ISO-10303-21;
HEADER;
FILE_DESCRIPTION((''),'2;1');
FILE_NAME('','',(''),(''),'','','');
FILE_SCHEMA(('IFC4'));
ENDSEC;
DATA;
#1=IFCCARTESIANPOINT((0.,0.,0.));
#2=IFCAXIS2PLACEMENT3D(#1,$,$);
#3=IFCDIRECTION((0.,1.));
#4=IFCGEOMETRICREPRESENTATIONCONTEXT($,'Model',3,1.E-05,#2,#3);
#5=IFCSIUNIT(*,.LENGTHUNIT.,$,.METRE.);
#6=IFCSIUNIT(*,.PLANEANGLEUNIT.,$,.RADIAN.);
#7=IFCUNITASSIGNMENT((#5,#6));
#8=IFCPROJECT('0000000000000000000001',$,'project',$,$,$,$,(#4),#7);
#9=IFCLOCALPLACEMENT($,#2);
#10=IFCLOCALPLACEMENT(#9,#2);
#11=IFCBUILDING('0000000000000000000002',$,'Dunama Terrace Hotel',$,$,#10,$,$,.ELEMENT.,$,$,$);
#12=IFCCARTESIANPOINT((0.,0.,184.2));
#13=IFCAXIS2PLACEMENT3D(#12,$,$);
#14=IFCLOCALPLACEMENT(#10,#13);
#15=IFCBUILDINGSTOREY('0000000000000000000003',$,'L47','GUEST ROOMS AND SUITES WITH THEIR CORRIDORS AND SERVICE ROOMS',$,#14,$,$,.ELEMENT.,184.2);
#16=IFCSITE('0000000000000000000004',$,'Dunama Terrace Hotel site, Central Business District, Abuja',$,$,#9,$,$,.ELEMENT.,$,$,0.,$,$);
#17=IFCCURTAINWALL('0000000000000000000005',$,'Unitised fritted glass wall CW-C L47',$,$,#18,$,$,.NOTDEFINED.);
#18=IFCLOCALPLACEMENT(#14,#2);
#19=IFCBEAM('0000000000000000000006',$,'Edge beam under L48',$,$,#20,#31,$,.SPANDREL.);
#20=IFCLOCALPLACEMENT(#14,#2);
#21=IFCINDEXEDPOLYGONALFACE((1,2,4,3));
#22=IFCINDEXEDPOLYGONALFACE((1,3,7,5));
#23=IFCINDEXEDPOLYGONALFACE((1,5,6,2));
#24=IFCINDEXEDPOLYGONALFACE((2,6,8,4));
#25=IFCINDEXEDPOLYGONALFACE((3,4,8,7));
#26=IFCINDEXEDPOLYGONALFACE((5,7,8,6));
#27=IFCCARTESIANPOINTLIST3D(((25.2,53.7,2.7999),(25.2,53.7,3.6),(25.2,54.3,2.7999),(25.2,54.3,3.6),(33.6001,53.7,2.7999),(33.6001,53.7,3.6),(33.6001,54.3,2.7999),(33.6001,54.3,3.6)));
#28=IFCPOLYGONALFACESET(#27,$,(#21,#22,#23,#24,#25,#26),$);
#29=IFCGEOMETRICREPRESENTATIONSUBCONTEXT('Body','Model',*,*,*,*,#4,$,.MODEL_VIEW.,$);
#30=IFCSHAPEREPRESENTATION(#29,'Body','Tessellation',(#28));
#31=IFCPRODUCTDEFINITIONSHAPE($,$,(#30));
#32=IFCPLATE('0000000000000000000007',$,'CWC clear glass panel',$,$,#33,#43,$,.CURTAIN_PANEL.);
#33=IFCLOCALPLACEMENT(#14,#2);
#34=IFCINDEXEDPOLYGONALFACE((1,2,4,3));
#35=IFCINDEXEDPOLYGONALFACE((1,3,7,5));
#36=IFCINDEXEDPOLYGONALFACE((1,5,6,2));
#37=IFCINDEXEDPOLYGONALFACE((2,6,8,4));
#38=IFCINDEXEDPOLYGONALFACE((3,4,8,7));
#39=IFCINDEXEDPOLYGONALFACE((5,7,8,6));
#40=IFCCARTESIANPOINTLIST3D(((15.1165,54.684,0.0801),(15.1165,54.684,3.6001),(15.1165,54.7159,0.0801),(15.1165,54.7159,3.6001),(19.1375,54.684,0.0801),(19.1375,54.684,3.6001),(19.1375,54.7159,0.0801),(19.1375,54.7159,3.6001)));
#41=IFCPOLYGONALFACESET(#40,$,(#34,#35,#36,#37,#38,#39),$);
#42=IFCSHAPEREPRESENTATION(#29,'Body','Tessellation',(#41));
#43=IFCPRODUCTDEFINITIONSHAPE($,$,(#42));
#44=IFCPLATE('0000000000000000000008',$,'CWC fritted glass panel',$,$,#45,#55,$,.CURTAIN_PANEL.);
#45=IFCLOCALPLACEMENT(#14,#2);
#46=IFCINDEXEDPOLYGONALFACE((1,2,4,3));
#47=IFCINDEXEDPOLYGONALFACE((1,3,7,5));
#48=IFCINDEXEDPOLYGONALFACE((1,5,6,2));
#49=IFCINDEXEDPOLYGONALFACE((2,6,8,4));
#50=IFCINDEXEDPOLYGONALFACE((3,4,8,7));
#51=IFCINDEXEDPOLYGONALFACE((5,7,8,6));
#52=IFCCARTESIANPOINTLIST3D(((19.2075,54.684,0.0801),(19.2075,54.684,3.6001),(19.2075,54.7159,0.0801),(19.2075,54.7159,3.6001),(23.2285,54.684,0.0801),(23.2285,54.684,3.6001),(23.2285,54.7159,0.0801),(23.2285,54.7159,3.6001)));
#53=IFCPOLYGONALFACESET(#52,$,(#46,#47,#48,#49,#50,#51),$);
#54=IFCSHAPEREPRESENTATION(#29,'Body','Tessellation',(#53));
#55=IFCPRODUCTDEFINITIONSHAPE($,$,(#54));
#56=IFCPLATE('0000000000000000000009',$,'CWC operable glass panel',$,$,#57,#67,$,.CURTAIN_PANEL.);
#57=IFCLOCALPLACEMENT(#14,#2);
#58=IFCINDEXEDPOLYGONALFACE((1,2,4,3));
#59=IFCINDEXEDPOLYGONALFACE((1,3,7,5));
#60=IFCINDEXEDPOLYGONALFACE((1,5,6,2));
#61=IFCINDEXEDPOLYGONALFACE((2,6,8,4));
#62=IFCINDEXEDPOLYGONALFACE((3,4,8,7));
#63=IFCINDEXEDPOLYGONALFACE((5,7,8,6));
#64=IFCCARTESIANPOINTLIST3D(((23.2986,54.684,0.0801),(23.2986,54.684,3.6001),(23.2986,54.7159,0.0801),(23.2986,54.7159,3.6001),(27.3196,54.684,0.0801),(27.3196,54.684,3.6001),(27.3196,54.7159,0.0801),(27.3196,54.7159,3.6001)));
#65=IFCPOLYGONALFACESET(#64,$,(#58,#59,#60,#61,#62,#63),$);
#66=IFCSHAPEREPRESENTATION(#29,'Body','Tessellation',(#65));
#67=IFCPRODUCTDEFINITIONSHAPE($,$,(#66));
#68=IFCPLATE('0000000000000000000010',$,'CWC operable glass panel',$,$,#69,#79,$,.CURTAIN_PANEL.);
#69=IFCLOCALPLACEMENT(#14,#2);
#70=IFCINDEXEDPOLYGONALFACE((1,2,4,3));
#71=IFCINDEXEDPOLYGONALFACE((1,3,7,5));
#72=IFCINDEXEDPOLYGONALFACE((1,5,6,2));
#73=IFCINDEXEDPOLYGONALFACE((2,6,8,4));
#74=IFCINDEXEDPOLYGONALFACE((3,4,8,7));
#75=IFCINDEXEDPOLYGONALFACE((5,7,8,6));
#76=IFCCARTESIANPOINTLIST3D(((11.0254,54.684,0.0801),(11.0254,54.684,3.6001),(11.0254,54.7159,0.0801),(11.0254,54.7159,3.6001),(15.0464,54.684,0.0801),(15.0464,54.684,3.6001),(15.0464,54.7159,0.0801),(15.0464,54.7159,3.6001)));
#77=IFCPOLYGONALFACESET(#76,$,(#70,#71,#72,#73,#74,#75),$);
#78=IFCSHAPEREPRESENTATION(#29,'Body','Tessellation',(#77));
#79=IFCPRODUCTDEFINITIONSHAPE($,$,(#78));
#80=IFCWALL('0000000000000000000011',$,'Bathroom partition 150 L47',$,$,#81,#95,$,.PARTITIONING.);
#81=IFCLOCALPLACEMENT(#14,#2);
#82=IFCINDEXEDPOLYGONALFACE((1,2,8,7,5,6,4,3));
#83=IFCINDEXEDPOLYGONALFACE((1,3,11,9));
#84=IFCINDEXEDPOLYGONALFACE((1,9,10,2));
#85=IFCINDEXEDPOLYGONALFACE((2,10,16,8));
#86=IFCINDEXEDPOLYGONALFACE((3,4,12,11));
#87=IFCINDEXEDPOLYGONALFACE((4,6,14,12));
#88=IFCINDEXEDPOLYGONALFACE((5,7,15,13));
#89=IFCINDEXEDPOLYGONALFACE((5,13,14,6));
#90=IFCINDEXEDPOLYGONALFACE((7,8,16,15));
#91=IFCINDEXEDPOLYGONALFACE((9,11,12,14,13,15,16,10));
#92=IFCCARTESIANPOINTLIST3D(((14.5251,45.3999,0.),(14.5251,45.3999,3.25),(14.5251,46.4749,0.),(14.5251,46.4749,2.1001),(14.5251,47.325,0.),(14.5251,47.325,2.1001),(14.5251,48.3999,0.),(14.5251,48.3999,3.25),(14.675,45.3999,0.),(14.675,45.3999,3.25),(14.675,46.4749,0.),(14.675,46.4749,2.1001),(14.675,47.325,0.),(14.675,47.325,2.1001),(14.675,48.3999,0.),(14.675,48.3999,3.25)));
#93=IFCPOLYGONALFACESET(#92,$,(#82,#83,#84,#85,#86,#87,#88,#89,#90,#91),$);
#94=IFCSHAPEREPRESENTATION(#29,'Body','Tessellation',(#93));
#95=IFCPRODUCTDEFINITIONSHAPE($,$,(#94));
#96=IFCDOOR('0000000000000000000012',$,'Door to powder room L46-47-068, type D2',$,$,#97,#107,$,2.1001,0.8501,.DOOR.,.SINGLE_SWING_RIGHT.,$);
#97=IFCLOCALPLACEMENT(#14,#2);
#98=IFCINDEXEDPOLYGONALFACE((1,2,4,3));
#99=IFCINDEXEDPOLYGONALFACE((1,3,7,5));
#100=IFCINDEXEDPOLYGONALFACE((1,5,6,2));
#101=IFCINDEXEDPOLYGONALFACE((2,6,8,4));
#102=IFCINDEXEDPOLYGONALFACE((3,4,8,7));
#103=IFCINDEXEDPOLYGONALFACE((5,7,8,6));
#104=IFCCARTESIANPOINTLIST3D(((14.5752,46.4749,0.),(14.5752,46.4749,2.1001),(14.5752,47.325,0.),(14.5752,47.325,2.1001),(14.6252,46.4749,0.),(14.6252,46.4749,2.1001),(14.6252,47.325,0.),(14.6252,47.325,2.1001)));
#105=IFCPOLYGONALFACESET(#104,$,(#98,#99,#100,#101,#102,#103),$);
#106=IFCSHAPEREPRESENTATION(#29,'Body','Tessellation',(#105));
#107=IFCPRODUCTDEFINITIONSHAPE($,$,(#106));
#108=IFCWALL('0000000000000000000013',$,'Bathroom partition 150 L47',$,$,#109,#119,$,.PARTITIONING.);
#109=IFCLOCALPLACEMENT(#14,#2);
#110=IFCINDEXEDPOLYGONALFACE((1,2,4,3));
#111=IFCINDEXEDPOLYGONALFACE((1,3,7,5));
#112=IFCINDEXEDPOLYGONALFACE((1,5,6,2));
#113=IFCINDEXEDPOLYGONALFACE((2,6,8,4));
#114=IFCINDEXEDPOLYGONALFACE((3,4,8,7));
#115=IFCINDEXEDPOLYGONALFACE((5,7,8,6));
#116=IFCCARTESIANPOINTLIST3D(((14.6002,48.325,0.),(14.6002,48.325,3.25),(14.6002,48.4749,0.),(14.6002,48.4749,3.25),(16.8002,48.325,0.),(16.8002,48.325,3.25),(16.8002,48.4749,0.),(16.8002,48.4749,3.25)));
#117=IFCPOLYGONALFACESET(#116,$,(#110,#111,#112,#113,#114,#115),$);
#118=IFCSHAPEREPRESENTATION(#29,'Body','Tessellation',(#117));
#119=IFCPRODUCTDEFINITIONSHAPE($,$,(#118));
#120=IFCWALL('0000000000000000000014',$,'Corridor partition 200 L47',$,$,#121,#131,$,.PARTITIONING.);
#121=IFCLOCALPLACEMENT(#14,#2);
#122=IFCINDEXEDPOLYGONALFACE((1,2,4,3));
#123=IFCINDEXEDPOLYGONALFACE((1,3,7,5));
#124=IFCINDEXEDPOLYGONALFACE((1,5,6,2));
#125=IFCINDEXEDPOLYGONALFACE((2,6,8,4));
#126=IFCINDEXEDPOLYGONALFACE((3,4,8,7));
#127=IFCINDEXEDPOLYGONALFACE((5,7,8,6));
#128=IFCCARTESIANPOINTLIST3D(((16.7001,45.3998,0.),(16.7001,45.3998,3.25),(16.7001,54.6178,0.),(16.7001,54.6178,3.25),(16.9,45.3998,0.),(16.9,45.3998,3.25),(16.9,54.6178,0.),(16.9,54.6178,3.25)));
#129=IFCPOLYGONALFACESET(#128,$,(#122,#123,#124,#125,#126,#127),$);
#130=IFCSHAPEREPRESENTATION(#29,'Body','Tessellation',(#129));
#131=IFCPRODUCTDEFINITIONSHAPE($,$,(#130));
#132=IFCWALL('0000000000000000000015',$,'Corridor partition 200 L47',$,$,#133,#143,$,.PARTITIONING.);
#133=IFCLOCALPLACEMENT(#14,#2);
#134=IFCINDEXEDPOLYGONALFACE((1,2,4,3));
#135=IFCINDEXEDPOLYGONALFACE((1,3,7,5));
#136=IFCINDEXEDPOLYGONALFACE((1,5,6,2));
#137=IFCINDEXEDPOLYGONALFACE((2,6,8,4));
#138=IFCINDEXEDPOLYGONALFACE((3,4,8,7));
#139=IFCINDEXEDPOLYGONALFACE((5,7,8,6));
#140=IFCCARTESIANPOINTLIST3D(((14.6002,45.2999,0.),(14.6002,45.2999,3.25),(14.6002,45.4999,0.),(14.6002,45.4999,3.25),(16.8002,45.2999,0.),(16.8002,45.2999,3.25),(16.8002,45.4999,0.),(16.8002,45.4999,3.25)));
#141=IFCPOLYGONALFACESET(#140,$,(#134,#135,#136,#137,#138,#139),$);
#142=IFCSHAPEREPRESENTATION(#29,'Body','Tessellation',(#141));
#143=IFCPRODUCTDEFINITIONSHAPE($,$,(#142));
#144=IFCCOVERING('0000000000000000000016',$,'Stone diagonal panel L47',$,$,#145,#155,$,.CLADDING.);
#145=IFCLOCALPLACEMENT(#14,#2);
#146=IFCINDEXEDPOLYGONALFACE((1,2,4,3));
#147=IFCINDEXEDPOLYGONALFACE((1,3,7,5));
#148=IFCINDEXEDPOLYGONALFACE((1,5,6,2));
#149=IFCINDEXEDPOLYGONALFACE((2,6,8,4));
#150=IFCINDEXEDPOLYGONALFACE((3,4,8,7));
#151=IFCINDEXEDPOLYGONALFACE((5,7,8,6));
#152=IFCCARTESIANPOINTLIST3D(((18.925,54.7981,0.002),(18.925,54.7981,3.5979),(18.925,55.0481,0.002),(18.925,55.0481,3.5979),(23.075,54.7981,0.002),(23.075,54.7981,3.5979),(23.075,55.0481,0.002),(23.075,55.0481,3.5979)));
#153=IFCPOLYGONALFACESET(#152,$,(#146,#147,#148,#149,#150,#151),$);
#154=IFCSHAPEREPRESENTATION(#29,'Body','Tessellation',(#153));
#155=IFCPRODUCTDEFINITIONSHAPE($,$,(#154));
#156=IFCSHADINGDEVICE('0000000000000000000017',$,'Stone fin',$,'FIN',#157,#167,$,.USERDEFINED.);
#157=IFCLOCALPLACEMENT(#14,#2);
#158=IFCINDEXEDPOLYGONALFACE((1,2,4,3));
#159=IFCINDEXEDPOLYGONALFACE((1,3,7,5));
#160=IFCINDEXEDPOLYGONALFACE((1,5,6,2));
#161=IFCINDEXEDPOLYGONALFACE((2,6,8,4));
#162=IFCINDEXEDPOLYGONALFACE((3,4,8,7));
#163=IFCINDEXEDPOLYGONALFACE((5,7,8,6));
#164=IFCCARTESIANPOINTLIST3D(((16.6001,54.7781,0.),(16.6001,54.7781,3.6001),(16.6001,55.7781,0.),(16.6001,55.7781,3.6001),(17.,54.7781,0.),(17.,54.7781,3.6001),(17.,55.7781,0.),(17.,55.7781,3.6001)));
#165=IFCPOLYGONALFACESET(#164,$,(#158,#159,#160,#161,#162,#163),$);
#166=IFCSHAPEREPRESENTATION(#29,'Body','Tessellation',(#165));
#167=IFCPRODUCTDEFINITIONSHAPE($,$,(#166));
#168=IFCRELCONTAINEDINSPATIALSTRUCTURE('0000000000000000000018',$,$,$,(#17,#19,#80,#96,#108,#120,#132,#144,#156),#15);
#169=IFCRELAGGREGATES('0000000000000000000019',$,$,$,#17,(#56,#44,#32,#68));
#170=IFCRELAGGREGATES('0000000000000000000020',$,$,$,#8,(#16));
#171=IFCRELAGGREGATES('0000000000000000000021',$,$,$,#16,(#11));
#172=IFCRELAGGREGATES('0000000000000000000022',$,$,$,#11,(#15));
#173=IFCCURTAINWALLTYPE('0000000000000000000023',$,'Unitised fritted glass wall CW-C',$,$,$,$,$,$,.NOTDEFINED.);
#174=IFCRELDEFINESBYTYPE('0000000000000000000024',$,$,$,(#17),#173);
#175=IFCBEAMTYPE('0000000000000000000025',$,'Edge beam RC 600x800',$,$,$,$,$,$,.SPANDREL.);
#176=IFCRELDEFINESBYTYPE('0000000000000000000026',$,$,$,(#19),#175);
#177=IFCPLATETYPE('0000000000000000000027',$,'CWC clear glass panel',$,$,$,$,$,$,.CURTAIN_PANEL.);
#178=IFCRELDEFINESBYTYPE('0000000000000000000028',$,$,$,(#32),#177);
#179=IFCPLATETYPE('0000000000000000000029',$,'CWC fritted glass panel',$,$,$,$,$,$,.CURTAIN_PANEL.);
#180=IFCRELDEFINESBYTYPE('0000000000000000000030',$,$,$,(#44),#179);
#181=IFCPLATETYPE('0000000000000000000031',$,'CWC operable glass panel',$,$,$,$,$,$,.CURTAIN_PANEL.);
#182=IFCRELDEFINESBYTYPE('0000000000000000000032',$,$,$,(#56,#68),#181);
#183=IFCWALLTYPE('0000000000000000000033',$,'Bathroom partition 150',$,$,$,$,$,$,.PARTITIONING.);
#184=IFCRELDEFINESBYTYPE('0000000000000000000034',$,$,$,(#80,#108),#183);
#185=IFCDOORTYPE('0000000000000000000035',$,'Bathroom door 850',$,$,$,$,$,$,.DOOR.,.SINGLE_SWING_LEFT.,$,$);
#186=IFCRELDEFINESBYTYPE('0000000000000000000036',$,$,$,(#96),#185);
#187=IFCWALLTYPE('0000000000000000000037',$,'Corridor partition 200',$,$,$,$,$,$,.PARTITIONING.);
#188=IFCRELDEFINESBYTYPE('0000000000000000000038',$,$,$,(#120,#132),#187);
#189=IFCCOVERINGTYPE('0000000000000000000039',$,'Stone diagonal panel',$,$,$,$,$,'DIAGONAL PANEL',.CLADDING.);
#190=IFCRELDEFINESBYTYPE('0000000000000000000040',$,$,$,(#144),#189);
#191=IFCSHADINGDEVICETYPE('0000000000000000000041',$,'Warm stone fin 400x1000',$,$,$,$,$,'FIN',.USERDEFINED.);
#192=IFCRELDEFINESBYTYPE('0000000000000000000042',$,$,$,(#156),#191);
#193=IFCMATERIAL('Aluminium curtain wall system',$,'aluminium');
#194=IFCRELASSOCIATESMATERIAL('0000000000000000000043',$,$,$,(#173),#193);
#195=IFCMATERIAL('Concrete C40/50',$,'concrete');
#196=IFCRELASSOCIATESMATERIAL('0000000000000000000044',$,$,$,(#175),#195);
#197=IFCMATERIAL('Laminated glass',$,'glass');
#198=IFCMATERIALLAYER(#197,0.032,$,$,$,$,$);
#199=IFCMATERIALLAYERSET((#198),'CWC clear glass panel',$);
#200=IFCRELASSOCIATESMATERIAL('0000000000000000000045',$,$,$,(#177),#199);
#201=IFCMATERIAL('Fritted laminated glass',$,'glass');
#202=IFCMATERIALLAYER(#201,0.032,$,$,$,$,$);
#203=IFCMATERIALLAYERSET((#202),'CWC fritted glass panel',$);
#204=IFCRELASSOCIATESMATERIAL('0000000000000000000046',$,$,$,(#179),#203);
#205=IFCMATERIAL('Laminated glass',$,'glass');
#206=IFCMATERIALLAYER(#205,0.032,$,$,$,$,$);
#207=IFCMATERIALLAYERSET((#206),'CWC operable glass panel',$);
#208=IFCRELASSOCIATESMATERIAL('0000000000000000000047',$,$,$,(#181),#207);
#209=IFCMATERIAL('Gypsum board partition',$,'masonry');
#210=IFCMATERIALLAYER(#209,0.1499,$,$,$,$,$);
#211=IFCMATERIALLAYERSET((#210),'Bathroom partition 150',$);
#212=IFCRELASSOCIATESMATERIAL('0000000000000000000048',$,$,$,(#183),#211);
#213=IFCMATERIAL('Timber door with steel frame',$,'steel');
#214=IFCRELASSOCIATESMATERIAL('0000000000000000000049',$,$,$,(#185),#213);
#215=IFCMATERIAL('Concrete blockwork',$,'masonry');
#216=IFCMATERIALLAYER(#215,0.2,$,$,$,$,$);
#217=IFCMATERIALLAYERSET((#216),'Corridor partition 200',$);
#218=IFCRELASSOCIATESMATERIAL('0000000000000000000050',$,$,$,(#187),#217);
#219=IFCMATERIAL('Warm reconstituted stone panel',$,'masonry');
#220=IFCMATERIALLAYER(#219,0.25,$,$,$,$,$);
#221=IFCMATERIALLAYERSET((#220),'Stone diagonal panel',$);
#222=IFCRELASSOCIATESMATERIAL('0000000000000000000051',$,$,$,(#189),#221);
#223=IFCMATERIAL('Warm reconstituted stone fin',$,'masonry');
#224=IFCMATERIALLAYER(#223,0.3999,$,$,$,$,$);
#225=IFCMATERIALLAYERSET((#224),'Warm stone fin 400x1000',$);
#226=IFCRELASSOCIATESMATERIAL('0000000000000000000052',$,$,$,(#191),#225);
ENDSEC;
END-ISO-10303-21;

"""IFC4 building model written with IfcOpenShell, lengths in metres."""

from ifc_helpers import new_model, si_unit, direction, frame, frame_2d, origin, origin_2d, place, context, subcontext, project, spatial, rectangle, extrude, material, layer, layer_set, material_profile, profile_set, type_object, element, fill, aggregate, save


model = new_model("IFC4")

# Units and contexts
model_context = context("Model", 3, precision=1e-05, world=origin(), true_north=direction((0.0, 1.0)))
body_context = subcontext(model_context, "Body", "Model", "MODEL_VIEW")
ifc_project = project(units=[si_unit("LENGTHUNIT", "METRE"), si_unit("PLANEANGLEUNIT", "RADIAN")], contexts=[model_context])

# Site, building, storey
site_placement = place(None, origin())
site = spatial("IfcSite", under=ifc_project, at=site_placement, Name="Dunama Terrace Hotel site, Central Business District, Abuja", CompositionType="ELEMENT", RefElevation=0.0)
building_placement = place(site_placement, origin())
building = spatial("IfcBuilding", under=site, at=building_placement, Name="Dunama Terrace Hotel", CompositionType="ELEMENT")
storey_placement = place(building_placement, frame((0.0, 0.0, 184.2)))
storey = spatial("IfcBuildingStorey", under=building, at=storey_placement, Name="L47", Description="GUEST ROOMS AND SUITES WITH THEIR CORRIDORS AND SERVICE ROOMS", CompositionType="ELEMENT", Elevation=184.2)

# Curtain wall
ifc_material_1 = material(Name="Aluminium curtain wall system", Category="aluminium")
curtain_wall_type = type_object("IfcCurtainWallType", Name="Unitised fritted glass wall CW-C", PredefinedType="NOTDEFINED", material=ifc_material_1)
curtain_wall_placement = place(storey_placement, origin())
curtain_wall = element("IfcCurtainWall", 1, at=curtain_wall_placement, inside=storey, type_object=curtain_wall_type, Name="Unitised fritted glass wall CW-C L47", PredefinedType="NOTDEFINED")

# Beam
ifc_material_2 = material(Name="Concrete C40/50", Category="concrete")
ifc_material_profile_1 = material_profile(ifc_material_2, rectangle(XDim=0.6001, YDim=0.8, at=origin_2d()), Name="RC 600x800")
ifc_profile_set_1 = profile_set([ifc_material_profile_1], Name="Concrete C40/50")
beam_type = type_object("IfcBeamType", Name="Edge beam RC 600x800", PredefinedType="SPANDREL", material=ifc_profile_set_1)
beam_1_placement = place(storey_placement, frame((25.2, 54.0, 3.2), z_axis=(1.0, 0.0, 0.0), x_axis=(0.0, 1.0, 0.0)))
element("IfcBeam", 2, at=beam_1_placement, inside=storey, type_object=beam_type, Name="Edge beam under L48", PredefinedType="SPANDREL", context=body_context, shape_type="SweptSolid", body=[
    extrude(rectangle(XDim=0.6001, YDim=0.8, at=origin_2d()), origin(), (0.0, 0.0, 1.0), 8.4001),
])

# Plates
ifc_material_3 = material(Name="Laminated glass", Category="glass")
ifc_layer_1 = layer(ifc_material_3, 0.032)
ifc_layer_set_1 = layer_set([ifc_layer_1], Name="CWC clear glass panel")
plate_type_1 = type_object("IfcPlateType", Name="CWC clear glass panel", PredefinedType="CURTAIN_PANEL", material=ifc_layer_set_1)
plate_1_placement = place(storey_placement, frame((17.127, 54.7, 0.0801), z_axis=(0.0, 0.0, 1.0), x_axis=(-1.0, 0.0, 0.0)))
plate_1 = element("IfcPlate", 3, at=plate_1_placement, type_object=plate_type_1, Name="CWC clear glass panel", PredefinedType="CURTAIN_PANEL", context=body_context, shape_type="SweptSolid", body=[
    extrude(rectangle(XDim=4.021, YDim=0.032, at=origin_2d()), origin(), (0.0, 0.0, 1.0), 3.52),
])
ifc_material_4 = material(Name="Fritted laminated glass", Category="glass")
ifc_layer_2 = layer(ifc_material_4, 0.032)
ifc_layer_set_2 = layer_set([ifc_layer_2], Name="CWC fritted glass panel")
plate_type_2 = type_object("IfcPlateType", Name="CWC fritted glass panel", PredefinedType="CURTAIN_PANEL", material=ifc_layer_set_2)
plate_2_placement = place(storey_placement, frame((21.218, 54.7, 0.0801), z_axis=(0.0, 0.0, 1.0), x_axis=(-1.0, 0.0, 0.0)))
plate_2 = element("IfcPlate", 4, at=plate_2_placement, type_object=plate_type_2, Name="CWC fritted glass panel", PredefinedType="CURTAIN_PANEL", context=body_context, shape_type="SweptSolid", body=[
    extrude(rectangle(XDim=4.021, YDim=0.032, at=origin_2d()), origin(), (0.0, 0.0, 1.0), 3.52),
])
ifc_material_5 = material(Name="Laminated glass", Category="glass")
ifc_layer_3 = layer(ifc_material_5, 0.032)
ifc_layer_set_3 = layer_set([ifc_layer_3], Name="CWC operable glass panel")
plate_type_3 = type_object("IfcPlateType", Name="CWC operable glass panel", PredefinedType="CURTAIN_PANEL", material=ifc_layer_set_3)
plate_3_placement = place(storey_placement, frame((25.3091, 54.7, 0.0801), z_axis=(0.0, 0.0, 1.0), x_axis=(-1.0, 0.0, 0.0)))
plate_3 = element("IfcPlate", 5, at=plate_3_placement, type_object=plate_type_3, Name="CWC operable glass panel", PredefinedType="CURTAIN_PANEL", context=body_context, shape_type="SweptSolid", body=[
    extrude(rectangle(XDim=4.021, YDim=0.032, at=origin_2d()), origin(), (0.0, 0.0, 1.0), 3.52),
])
plate_4_placement = place(storey_placement, frame((13.0359, 54.7, 0.0801), z_axis=(0.0, 0.0, 1.0), x_axis=(-1.0, 0.0, 0.0)))
plate_4 = element("IfcPlate", 6, at=plate_4_placement, type_object=plate_type_3, Name="CWC operable glass panel", PredefinedType="CURTAIN_PANEL", context=body_context, shape_type="SweptSolid", body=[
    extrude(rectangle(XDim=4.021, YDim=0.032, at=origin_2d()), origin(), (0.0, 0.0, 1.0), 3.52),
])
aggregate(curtain_wall, [plate_3, plate_2, plate_1, plate_4])

# Wall, opening, door
ifc_material_6 = material(Name="Gypsum board partition", Category="masonry")
ifc_layer_4 = layer(ifc_material_6, 0.1499)
ifc_layer_set_4 = layer_set([ifc_layer_4], Name="Bathroom partition 150")
wall_type_1 = type_object("IfcWallType", Name="Bathroom partition 150", PredefinedType="PARTITIONING", material=ifc_layer_set_4)
wall_1_placement = place(storey_placement, frame((14.6001, 45.3999, 0.0), z_axis=(0.0, 0.0, 1.0), x_axis=(0.0, 1.0, 0.0)))
wall_1 = element("IfcWall", 7, at=wall_1_placement, inside=storey, type_object=wall_type_1, Name="Bathroom partition 150 L47", PredefinedType="PARTITIONING", context=body_context, shape_type="SweptSolid", body=[
    extrude(rectangle(XDim=3.0, YDim=0.1499, at=frame_2d((1.5, 0.0))), origin(), (0.0, 0.0, 1.0), 3.25),
])
opening_placement = place(wall_1_placement, frame((1.075, 0.0, 0.0)))
opening = element("IfcOpeningElement", 8, at=opening_placement, cuts=wall_1, PredefinedType="OPENING", context=body_context, shape_type="SweptSolid", body=[
    extrude(rectangle(XDim=0.8501, YDim=2.1001, at=frame_2d((0.425, 1.05))), frame((0.0, 0.085, 0.0), z_axis=(0.0, -1.0, 0.0), x_axis=(1.0, 0.0, 0.0)), (0.0, 0.0, 1.0), 0.1699),
])
ifc_material_7 = material(Name="Timber door with steel frame", Category="steel")
door_type = type_object("IfcDoorType", Name="Bathroom door 850", OperationType="SINGLE_SWING_LEFT", PredefinedType="DOOR", material=ifc_material_7)
door_placement = place(opening_placement, frame((0.8501, 0.0, 0.0), z_axis=(0.0, 0.0, 1.0), x_axis=(-1.0, 0.0, 0.0)))
door = element("IfcDoor", 9, at=door_placement, inside=storey, type_object=door_type, Name="Door to powder room L46-47-068, type D2", OperationType="SINGLE_SWING_RIGHT", OverallHeight=2.1001, OverallWidth=0.8501, PredefinedType="DOOR", context=body_context, shape_type="SweptSolid", body=[
    extrude(rectangle(XDim=0.8501, YDim=2.1001, at=frame_2d((0.425, 1.05))), frame((0.0, 0.0251, 0.0), z_axis=(0.0, -1.0, 0.0), x_axis=(1.0, 0.0, 0.0)), (0.0, 0.0, 1.0), 0.05),
])
fill(opening, door)

# Walls
wall_2_placement = place(storey_placement, frame((14.6001, 48.3999, 0.0), z_axis=(0.0, 0.0, 1.0), x_axis=(1.0, 0.0, 0.0)))
element("IfcWall", 10, at=wall_2_placement, inside=storey, type_object=wall_type_1, Name="Bathroom partition 150 L47", PredefinedType="PARTITIONING", context=body_context, shape_type="SweptSolid", body=[
    extrude(rectangle(XDim=2.2, YDim=0.1499, at=frame_2d((1.1001, 0.0))), origin(), (0.0, 0.0, 1.0), 3.25),
])
ifc_material_8 = material(Name="Concrete blockwork", Category="masonry")
ifc_layer_5 = layer(ifc_material_8, 0.2)
ifc_layer_set_5 = layer_set([ifc_layer_5], Name="Corridor partition 200")
wall_type_2 = type_object("IfcWallType", Name="Corridor partition 200", PredefinedType="PARTITIONING", material=ifc_layer_set_5)
wall_3_placement = place(storey_placement, frame((16.8, 45.3999, 0.0), z_axis=(0.0, 0.0, 1.0), x_axis=(0.0, 1.0, 0.0)))
element("IfcWall", 11, at=wall_3_placement, inside=storey, type_object=wall_type_2, Name="Corridor partition 200 L47", PredefinedType="PARTITIONING", context=body_context, shape_type="SweptSolid", body=[
    extrude(rectangle(XDim=9.218, YDim=0.2, at=frame_2d((4.6089, 0.0))), origin(), (0.0, 0.0, 1.0), 3.25),
])
wall_4_placement = place(storey_placement, frame((14.6001, 45.3999, 0.0), z_axis=(0.0, 0.0, 1.0), x_axis=(1.0, 0.0, 0.0)))
element("IfcWall", 12, at=wall_4_placement, inside=storey, type_object=wall_type_2, Name="Corridor partition 200 L47", PredefinedType="PARTITIONING", context=body_context, shape_type="SweptSolid", body=[
    extrude(rectangle(XDim=2.2, YDim=0.2, at=frame_2d((1.1001, 0.0))), origin(), (0.0, 0.0, 1.0), 3.25),
])

# Covering
ifc_material_9 = material(Name="Warm reconstituted stone panel", Category="masonry")
ifc_layer_6 = layer(ifc_material_9, 0.25)
ifc_layer_set_6 = layer_set([ifc_layer_6], Name="Stone diagonal panel")
covering_type = type_object("IfcCoveringType", Name="Stone diagonal panel", ElementType="DIAGONAL PANEL", PredefinedType="CLADDING", material=ifc_layer_set_6)
covering_placement = place(storey_placement, frame((21.0, 54.9231, 0.002), z_axis=(0.0, 0.0, 1.0), x_axis=(-1.0, 0.0, 0.0)))
element("IfcCovering", 13, at=covering_placement, inside=storey, type_object=covering_type, Name="Stone diagonal panel L47", PredefinedType="CLADDING", context=body_context, shape_type="SweptSolid", body=[
    extrude(rectangle(XDim=4.1499, YDim=0.25, at=origin_2d()), origin(), (0.0, 0.0, 1.0), 3.5959),
])

# Shading device
ifc_material_10 = material(Name="Warm reconstituted stone fin", Category="masonry")
ifc_layer_7 = layer(ifc_material_10, 0.3999)
ifc_layer_set_7 = layer_set([ifc_layer_7], Name="Warm stone fin 400x1000")
shading_device_type = type_object("IfcShadingDeviceType", Name="Warm stone fin 400x1000", ElementType="FIN", PredefinedType="USERDEFINED", material=ifc_layer_set_7)
shading_device_placement = place(storey_placement, frame((16.8, 55.2781, 0.0), z_axis=(0.0, 0.0, 1.0), x_axis=(-1.0, 0.0, 0.0)))
element("IfcShadingDevice", 14, at=shading_device_placement, inside=storey, type_object=shading_device_type, Name="Stone fin", ObjectType="FIN", PredefinedType="USERDEFINED", context=body_context, shape_type="SweptSolid", body=[
    extrude(rectangle(XDim=0.3999, YDim=1.0, at=origin_2d()), origin(), (0.0, 0.0, 1.0), 3.6001),
])

save(model, "model.ifc")
